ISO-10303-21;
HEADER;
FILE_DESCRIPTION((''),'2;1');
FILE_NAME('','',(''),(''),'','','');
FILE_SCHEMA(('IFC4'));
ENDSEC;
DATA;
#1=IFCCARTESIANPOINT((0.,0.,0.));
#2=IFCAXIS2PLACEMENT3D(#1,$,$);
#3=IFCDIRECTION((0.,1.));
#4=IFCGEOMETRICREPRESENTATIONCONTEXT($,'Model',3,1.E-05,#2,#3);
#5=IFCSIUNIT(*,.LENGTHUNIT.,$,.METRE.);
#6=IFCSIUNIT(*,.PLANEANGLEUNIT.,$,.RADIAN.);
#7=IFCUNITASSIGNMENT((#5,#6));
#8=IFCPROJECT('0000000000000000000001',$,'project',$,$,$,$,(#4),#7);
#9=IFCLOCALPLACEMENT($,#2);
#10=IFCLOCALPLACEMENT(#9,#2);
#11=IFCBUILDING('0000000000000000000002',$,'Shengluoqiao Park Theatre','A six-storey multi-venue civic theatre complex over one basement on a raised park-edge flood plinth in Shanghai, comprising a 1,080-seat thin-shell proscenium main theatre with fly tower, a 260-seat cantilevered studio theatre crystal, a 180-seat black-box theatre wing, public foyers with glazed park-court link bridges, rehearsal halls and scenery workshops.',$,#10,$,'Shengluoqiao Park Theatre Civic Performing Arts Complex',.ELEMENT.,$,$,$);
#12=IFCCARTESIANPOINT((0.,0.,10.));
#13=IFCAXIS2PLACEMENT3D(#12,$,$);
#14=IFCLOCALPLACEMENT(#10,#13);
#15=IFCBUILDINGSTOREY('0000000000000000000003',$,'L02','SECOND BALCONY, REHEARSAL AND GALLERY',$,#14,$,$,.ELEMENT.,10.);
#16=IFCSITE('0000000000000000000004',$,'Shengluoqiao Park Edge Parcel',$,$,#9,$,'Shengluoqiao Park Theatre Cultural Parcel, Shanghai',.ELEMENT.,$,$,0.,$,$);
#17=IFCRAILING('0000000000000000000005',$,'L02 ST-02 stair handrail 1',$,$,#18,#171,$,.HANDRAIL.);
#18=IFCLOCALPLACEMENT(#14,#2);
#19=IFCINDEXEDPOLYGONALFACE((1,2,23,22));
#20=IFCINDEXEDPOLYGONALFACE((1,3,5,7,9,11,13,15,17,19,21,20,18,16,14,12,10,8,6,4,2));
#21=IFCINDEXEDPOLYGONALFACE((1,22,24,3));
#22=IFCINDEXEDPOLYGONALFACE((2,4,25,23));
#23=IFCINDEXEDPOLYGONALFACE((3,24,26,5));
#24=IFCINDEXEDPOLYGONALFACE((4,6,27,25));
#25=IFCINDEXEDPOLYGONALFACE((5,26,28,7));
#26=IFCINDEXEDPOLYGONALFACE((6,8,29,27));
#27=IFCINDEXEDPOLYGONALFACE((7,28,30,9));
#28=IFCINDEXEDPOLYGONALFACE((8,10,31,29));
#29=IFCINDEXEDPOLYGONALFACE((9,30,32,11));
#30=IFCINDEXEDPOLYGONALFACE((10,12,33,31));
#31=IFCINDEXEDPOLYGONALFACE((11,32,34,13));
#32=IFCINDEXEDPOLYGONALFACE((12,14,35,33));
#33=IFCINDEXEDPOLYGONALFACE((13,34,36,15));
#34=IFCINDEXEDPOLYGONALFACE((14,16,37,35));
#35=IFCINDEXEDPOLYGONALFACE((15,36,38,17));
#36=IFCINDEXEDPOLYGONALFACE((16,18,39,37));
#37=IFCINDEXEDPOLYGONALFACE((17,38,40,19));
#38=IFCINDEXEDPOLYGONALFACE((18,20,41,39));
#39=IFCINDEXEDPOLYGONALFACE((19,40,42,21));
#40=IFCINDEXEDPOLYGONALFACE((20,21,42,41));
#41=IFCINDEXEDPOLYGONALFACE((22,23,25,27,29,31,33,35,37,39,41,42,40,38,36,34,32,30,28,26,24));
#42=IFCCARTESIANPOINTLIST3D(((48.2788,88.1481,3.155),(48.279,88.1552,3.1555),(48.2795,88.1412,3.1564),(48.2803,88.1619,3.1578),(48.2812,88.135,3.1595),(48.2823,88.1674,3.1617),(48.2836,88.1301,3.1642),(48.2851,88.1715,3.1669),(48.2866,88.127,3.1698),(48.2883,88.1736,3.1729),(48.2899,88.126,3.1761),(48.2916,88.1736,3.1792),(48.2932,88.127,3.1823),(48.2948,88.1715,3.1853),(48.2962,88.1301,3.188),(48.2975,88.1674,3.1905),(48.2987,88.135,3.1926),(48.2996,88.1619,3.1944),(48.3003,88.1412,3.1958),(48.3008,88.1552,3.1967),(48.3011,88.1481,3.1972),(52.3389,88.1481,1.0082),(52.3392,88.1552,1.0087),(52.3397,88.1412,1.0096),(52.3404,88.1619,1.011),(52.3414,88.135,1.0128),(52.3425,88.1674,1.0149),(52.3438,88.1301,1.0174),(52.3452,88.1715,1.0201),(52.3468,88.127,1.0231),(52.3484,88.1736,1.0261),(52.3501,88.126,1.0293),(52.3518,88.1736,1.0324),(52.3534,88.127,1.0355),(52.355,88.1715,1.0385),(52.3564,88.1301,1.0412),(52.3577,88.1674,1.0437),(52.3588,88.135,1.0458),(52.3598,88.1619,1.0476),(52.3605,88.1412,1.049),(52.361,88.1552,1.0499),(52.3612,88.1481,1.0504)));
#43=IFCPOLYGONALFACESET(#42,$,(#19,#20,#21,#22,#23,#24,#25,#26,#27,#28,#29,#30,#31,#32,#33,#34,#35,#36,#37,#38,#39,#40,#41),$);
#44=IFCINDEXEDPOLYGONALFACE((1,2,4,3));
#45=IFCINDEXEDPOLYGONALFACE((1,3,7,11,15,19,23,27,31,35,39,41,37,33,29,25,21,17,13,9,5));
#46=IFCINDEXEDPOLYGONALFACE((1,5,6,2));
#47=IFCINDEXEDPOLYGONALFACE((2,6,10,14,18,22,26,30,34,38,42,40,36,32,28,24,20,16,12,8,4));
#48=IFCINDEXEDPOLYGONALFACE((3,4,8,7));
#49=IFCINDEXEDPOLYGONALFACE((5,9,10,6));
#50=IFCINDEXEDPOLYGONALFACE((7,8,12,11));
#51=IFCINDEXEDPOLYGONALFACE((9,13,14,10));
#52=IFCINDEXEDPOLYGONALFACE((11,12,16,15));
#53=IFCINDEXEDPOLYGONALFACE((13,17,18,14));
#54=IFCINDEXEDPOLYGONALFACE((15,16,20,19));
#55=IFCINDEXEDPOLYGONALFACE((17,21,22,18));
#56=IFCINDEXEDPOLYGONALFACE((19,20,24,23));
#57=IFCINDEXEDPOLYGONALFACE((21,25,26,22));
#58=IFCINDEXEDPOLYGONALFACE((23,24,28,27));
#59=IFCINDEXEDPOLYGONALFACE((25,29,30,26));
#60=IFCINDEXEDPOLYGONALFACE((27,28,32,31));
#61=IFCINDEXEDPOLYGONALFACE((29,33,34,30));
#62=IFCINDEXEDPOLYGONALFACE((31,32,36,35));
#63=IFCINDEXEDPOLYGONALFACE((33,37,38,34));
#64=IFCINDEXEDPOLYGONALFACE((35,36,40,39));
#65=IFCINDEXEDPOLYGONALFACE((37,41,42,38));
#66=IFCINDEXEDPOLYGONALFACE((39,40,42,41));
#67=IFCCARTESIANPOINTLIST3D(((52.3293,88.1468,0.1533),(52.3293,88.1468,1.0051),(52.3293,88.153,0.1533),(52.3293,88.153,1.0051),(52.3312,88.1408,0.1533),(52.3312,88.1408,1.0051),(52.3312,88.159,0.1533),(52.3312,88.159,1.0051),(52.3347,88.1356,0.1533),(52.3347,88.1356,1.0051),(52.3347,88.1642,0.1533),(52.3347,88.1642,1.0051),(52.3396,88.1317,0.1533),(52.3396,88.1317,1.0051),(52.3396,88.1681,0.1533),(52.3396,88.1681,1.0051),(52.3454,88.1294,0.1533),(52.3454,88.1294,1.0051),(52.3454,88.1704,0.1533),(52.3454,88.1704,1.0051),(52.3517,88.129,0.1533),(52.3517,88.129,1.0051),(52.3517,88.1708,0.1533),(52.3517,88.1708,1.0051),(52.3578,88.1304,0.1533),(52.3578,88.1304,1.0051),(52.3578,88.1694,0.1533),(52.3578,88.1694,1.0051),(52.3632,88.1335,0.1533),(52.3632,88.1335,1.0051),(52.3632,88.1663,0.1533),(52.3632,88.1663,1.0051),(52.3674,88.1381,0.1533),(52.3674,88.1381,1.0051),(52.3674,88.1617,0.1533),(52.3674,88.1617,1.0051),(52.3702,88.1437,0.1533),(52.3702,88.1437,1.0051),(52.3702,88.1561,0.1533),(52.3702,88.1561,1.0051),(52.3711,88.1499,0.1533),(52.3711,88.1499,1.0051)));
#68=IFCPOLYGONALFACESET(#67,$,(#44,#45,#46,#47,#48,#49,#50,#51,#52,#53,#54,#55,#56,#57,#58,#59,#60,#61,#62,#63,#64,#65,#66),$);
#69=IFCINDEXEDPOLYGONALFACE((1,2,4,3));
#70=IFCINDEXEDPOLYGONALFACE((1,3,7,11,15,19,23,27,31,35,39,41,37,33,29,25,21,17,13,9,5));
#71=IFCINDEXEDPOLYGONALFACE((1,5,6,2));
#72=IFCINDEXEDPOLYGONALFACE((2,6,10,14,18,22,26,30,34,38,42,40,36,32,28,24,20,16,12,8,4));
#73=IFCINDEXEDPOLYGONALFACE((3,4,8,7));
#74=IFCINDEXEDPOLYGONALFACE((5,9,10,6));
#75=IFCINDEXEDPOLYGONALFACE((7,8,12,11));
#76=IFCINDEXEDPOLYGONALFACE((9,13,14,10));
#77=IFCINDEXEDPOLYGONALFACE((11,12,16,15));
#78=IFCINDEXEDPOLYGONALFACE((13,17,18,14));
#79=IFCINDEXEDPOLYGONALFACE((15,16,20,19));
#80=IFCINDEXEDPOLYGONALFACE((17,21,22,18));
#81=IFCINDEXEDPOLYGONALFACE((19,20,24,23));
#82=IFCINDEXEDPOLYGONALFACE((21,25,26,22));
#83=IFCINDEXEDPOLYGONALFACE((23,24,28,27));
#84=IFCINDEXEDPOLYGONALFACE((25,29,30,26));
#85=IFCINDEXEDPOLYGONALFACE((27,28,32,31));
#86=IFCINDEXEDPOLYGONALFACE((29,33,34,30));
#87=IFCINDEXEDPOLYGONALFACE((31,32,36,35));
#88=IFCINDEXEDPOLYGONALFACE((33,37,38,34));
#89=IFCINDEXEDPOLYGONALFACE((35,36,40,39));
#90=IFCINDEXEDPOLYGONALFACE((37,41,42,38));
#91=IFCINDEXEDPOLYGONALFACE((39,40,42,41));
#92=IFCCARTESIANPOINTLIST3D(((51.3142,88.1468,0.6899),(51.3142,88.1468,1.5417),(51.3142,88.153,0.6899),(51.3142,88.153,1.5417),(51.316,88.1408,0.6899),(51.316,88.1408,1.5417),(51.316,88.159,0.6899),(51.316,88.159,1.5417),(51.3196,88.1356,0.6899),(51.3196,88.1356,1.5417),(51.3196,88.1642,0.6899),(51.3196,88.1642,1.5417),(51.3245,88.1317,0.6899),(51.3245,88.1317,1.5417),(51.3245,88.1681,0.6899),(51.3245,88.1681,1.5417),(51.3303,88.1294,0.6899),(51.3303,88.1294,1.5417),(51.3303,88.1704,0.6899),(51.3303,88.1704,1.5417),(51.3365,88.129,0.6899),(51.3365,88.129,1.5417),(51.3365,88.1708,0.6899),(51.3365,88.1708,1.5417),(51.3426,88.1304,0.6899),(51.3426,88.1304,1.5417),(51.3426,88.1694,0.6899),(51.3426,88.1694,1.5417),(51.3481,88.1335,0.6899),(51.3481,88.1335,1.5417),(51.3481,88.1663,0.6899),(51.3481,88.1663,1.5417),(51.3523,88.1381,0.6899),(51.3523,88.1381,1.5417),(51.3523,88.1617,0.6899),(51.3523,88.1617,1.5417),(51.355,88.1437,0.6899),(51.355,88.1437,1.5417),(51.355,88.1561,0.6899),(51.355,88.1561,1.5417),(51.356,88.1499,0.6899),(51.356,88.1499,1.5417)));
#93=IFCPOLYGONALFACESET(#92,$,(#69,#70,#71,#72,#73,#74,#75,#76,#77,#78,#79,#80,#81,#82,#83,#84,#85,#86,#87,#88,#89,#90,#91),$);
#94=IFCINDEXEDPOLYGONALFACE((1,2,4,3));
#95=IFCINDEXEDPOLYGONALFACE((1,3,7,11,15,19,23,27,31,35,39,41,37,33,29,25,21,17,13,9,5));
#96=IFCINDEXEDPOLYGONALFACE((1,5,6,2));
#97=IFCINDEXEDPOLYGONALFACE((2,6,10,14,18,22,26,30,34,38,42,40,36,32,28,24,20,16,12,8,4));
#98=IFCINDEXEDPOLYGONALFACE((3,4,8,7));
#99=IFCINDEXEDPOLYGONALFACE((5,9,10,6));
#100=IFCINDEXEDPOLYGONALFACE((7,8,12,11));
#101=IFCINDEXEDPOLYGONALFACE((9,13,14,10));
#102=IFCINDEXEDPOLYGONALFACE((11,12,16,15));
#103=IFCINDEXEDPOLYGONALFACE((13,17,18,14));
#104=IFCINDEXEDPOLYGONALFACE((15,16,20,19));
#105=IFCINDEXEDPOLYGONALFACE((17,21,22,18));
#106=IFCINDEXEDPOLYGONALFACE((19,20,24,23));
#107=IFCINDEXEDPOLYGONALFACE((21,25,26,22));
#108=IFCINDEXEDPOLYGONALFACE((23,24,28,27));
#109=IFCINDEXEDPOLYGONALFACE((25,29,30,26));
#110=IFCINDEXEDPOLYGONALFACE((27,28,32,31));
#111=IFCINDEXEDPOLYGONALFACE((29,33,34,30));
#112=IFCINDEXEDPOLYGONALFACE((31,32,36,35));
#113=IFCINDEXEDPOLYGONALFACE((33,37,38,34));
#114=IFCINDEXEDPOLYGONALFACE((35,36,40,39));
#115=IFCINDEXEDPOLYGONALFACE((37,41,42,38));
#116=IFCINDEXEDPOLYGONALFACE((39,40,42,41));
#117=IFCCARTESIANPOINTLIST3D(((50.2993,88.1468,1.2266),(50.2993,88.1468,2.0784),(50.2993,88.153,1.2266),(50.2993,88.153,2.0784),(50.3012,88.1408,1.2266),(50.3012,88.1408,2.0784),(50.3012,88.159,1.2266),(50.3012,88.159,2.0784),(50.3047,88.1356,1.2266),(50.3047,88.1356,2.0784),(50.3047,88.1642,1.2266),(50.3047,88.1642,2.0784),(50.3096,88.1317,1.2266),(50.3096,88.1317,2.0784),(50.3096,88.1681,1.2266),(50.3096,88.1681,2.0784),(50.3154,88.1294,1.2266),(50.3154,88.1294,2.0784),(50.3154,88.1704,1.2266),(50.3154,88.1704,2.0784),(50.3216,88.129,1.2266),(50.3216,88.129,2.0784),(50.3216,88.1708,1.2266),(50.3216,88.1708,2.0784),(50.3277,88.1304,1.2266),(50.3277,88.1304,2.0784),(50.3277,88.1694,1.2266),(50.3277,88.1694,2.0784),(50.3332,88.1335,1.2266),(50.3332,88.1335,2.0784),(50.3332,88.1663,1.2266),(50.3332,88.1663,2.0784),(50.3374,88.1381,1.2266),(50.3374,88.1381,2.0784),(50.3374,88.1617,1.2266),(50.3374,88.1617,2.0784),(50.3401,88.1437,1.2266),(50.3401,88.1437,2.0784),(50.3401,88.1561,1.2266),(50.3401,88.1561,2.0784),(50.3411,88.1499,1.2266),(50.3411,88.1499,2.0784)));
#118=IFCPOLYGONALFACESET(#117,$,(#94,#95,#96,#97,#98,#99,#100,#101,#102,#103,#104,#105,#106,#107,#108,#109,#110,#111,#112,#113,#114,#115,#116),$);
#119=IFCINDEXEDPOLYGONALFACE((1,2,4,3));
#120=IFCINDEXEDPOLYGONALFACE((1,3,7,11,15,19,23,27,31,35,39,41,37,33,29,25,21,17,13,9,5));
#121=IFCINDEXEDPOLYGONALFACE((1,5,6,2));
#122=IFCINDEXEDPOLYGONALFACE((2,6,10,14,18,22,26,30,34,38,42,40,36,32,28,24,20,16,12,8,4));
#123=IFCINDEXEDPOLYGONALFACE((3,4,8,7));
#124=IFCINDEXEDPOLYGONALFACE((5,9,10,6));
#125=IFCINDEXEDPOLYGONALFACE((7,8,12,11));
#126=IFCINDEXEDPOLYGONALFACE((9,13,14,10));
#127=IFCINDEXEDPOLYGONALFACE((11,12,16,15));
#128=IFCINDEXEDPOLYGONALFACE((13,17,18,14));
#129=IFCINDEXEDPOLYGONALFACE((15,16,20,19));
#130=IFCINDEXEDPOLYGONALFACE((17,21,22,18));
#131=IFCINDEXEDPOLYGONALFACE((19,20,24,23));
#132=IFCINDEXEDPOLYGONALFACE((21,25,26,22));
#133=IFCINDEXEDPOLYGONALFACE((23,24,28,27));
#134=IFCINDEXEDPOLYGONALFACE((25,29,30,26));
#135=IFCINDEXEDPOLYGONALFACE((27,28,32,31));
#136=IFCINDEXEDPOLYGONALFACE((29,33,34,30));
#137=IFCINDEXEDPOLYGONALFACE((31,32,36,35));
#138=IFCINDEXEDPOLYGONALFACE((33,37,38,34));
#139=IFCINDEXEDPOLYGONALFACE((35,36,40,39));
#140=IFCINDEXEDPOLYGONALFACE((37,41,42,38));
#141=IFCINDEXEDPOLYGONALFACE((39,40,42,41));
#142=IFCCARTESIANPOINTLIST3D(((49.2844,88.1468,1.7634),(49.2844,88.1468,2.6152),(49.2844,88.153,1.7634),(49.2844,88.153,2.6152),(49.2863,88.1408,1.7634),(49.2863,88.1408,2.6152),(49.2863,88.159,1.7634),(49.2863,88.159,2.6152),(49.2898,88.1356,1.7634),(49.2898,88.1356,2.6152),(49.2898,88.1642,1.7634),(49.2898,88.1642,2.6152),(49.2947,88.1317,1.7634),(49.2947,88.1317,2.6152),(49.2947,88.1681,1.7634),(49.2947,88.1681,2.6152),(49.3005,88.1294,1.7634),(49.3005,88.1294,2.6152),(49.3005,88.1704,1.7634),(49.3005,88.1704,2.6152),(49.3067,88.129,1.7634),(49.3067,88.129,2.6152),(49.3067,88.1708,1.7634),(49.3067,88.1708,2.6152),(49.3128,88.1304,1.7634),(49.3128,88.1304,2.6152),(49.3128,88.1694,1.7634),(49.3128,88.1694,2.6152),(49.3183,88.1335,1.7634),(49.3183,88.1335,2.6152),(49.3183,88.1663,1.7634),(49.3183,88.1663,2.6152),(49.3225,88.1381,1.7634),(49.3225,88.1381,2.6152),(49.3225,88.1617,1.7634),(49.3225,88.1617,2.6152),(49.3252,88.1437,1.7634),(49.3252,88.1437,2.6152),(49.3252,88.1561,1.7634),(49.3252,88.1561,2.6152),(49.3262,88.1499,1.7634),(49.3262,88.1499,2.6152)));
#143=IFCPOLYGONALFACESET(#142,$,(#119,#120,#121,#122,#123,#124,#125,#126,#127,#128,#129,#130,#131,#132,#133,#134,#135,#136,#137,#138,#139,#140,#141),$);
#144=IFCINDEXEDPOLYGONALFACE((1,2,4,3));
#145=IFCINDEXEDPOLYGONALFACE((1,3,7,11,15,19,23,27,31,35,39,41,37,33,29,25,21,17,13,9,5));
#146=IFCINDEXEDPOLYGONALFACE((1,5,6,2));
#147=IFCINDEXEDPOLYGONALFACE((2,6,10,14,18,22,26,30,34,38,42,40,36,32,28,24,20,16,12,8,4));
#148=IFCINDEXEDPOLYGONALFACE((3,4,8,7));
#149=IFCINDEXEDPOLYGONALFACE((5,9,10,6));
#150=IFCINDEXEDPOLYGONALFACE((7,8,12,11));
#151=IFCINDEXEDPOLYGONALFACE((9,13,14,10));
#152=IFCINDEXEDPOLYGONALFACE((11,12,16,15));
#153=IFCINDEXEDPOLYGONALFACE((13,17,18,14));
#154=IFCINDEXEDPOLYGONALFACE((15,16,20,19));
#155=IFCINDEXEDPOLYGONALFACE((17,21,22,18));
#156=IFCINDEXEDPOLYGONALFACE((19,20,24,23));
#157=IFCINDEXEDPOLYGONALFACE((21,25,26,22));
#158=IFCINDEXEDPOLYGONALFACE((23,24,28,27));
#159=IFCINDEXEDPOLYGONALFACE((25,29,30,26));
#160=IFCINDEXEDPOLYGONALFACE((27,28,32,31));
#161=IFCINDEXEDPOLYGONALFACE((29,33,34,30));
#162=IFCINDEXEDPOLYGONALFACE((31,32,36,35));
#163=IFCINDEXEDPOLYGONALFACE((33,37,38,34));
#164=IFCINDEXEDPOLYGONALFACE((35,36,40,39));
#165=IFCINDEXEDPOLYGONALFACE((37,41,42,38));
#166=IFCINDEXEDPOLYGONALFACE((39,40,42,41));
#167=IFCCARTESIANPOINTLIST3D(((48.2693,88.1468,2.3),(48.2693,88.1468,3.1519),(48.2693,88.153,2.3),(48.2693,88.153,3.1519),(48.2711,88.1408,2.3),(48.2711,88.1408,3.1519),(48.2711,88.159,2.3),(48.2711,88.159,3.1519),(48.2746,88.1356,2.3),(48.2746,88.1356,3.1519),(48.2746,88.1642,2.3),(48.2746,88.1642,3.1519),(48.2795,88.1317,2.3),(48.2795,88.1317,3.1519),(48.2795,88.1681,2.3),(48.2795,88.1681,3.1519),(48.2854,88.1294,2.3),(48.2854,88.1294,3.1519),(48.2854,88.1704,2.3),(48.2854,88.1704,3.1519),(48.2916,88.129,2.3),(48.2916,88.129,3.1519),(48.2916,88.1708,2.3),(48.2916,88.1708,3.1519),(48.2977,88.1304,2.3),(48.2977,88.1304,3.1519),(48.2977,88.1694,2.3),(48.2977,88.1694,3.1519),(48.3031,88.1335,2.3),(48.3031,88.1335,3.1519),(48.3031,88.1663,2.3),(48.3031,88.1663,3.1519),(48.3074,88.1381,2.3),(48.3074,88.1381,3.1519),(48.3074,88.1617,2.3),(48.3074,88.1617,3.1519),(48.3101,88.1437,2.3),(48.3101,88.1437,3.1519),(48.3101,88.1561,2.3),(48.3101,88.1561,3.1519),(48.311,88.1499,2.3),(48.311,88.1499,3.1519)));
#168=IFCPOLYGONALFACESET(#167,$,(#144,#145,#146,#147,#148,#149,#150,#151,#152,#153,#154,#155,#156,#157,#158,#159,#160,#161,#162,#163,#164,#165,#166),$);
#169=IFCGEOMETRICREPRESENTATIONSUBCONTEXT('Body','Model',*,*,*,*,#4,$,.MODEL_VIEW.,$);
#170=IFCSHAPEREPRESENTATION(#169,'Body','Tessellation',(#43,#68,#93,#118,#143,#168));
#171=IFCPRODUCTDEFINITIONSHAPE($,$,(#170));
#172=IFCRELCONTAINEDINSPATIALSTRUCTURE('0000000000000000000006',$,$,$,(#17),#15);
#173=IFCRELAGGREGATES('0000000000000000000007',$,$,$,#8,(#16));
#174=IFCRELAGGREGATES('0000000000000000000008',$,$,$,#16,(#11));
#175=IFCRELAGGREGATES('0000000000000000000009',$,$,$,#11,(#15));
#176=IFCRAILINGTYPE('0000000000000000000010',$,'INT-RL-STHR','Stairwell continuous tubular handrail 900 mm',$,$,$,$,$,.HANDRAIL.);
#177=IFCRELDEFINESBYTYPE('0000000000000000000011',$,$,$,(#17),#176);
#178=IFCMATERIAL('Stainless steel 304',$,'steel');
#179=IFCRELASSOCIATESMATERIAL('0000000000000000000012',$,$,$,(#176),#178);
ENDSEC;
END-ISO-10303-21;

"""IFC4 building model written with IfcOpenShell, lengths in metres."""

from ifc_helpers import new_model, si_unit, direction, frame, origin, origin_2d, place, context, subcontext, project, spatial, circle, extrude, material, type_object, element, save


model = new_model("IFC4")

# Units and contexts
model_context = context("Model", 3, precision=1e-05, world=origin(), true_north=direction((0.0, 1.0)))
body_context = subcontext(model_context, "Body", "Model", "MODEL_VIEW")
ifc_project = project(units=[si_unit("LENGTHUNIT", "METRE"), si_unit("PLANEANGLEUNIT", "RADIAN")], contexts=[model_context])

# Site, building, storey
site_placement = place(None, origin())
site = spatial("IfcSite", under=ifc_project, at=site_placement, Name="Shengluoqiao Park Edge Parcel", LongName="Shengluoqiao Park Theatre Cultural Parcel, Shanghai", CompositionType="ELEMENT", RefElevation=0.0)
building_placement = place(site_placement, origin())
building = spatial("IfcBuilding", under=site, at=building_placement, Name="Shengluoqiao Park Theatre", Description="A six-storey multi-venue civic theatre complex over one basement on a raised park-edge flood plinth in Shanghai, comprising a 1,080-seat thin-shell proscenium main theatre with fly tower, a 260-seat cantilevered studio theatre crystal, a 180-seat black-box theatre wing, public foyers with glazed park-court link bridges, rehearsal halls and scenery workshops.", LongName="Shengluoqiao Park Theatre Civic Performing Arts Complex", CompositionType="ELEMENT")
storey_placement = place(building_placement, frame((0.0, 0.0, 10.0)))
storey = spatial("IfcBuildingStorey", under=building, at=storey_placement, Name="L02", Description="SECOND BALCONY, REHEARSAL AND GALLERY", CompositionType="ELEMENT", Elevation=10.0)

# Railing
ifc_material_1 = material(Name="Stainless steel 304", Category="steel")
railing_type_1 = type_object("IfcRailingType", Name="INT-RL-STHR", Description="Stairwell continuous tubular handrail 900 mm", PredefinedType="HANDRAIL", material=ifc_material_1)
railing_1_placement = place(storey_placement, frame((52.3501, 88.1499, 0.1533)))
element("IfcRailing", 1, at=railing_1_placement, inside=storey, type_object=railing_type_1, Name="L02 ST-02 stair handrail 1", PredefinedType="HANDRAIL", context=body_context, shape_type="SweptSolid", body=[
    extrude(circle(Radius=0.0239, at=origin_2d()), frame((0.0, 0.0, 0.876), z_axis=(-0.884032, 0.0, 0.467426), x_axis=(0.0, -1.0, 0.0)), (0.0, 0.0, 1.0), 4.5928),
    extrude(circle(Radius=0.021, at=origin_2d()), origin(), (0.0, 0.0, 1.0), 0.8518),
    extrude(circle(Radius=0.021, at=origin_2d()), frame((-1.0151, 0.0, 0.5366)), (0.0, 0.0, 1.0), 0.8518),
    extrude(circle(Radius=0.021, at=origin_2d()), frame((-2.03, 0.0, 1.0732)), (0.0, 0.0, 1.0), 0.8518),
    extrude(circle(Radius=0.021, at=origin_2d()), frame((-3.0449, 0.0, 1.6101)), (0.0, 0.0, 1.0), 0.8518),
    extrude(circle(Radius=0.021, at=origin_2d()), frame((-4.0601, 0.0, 2.1467)), (0.0, 0.0, 1.0), 0.8518),
])

save(model, "model.ifc")
